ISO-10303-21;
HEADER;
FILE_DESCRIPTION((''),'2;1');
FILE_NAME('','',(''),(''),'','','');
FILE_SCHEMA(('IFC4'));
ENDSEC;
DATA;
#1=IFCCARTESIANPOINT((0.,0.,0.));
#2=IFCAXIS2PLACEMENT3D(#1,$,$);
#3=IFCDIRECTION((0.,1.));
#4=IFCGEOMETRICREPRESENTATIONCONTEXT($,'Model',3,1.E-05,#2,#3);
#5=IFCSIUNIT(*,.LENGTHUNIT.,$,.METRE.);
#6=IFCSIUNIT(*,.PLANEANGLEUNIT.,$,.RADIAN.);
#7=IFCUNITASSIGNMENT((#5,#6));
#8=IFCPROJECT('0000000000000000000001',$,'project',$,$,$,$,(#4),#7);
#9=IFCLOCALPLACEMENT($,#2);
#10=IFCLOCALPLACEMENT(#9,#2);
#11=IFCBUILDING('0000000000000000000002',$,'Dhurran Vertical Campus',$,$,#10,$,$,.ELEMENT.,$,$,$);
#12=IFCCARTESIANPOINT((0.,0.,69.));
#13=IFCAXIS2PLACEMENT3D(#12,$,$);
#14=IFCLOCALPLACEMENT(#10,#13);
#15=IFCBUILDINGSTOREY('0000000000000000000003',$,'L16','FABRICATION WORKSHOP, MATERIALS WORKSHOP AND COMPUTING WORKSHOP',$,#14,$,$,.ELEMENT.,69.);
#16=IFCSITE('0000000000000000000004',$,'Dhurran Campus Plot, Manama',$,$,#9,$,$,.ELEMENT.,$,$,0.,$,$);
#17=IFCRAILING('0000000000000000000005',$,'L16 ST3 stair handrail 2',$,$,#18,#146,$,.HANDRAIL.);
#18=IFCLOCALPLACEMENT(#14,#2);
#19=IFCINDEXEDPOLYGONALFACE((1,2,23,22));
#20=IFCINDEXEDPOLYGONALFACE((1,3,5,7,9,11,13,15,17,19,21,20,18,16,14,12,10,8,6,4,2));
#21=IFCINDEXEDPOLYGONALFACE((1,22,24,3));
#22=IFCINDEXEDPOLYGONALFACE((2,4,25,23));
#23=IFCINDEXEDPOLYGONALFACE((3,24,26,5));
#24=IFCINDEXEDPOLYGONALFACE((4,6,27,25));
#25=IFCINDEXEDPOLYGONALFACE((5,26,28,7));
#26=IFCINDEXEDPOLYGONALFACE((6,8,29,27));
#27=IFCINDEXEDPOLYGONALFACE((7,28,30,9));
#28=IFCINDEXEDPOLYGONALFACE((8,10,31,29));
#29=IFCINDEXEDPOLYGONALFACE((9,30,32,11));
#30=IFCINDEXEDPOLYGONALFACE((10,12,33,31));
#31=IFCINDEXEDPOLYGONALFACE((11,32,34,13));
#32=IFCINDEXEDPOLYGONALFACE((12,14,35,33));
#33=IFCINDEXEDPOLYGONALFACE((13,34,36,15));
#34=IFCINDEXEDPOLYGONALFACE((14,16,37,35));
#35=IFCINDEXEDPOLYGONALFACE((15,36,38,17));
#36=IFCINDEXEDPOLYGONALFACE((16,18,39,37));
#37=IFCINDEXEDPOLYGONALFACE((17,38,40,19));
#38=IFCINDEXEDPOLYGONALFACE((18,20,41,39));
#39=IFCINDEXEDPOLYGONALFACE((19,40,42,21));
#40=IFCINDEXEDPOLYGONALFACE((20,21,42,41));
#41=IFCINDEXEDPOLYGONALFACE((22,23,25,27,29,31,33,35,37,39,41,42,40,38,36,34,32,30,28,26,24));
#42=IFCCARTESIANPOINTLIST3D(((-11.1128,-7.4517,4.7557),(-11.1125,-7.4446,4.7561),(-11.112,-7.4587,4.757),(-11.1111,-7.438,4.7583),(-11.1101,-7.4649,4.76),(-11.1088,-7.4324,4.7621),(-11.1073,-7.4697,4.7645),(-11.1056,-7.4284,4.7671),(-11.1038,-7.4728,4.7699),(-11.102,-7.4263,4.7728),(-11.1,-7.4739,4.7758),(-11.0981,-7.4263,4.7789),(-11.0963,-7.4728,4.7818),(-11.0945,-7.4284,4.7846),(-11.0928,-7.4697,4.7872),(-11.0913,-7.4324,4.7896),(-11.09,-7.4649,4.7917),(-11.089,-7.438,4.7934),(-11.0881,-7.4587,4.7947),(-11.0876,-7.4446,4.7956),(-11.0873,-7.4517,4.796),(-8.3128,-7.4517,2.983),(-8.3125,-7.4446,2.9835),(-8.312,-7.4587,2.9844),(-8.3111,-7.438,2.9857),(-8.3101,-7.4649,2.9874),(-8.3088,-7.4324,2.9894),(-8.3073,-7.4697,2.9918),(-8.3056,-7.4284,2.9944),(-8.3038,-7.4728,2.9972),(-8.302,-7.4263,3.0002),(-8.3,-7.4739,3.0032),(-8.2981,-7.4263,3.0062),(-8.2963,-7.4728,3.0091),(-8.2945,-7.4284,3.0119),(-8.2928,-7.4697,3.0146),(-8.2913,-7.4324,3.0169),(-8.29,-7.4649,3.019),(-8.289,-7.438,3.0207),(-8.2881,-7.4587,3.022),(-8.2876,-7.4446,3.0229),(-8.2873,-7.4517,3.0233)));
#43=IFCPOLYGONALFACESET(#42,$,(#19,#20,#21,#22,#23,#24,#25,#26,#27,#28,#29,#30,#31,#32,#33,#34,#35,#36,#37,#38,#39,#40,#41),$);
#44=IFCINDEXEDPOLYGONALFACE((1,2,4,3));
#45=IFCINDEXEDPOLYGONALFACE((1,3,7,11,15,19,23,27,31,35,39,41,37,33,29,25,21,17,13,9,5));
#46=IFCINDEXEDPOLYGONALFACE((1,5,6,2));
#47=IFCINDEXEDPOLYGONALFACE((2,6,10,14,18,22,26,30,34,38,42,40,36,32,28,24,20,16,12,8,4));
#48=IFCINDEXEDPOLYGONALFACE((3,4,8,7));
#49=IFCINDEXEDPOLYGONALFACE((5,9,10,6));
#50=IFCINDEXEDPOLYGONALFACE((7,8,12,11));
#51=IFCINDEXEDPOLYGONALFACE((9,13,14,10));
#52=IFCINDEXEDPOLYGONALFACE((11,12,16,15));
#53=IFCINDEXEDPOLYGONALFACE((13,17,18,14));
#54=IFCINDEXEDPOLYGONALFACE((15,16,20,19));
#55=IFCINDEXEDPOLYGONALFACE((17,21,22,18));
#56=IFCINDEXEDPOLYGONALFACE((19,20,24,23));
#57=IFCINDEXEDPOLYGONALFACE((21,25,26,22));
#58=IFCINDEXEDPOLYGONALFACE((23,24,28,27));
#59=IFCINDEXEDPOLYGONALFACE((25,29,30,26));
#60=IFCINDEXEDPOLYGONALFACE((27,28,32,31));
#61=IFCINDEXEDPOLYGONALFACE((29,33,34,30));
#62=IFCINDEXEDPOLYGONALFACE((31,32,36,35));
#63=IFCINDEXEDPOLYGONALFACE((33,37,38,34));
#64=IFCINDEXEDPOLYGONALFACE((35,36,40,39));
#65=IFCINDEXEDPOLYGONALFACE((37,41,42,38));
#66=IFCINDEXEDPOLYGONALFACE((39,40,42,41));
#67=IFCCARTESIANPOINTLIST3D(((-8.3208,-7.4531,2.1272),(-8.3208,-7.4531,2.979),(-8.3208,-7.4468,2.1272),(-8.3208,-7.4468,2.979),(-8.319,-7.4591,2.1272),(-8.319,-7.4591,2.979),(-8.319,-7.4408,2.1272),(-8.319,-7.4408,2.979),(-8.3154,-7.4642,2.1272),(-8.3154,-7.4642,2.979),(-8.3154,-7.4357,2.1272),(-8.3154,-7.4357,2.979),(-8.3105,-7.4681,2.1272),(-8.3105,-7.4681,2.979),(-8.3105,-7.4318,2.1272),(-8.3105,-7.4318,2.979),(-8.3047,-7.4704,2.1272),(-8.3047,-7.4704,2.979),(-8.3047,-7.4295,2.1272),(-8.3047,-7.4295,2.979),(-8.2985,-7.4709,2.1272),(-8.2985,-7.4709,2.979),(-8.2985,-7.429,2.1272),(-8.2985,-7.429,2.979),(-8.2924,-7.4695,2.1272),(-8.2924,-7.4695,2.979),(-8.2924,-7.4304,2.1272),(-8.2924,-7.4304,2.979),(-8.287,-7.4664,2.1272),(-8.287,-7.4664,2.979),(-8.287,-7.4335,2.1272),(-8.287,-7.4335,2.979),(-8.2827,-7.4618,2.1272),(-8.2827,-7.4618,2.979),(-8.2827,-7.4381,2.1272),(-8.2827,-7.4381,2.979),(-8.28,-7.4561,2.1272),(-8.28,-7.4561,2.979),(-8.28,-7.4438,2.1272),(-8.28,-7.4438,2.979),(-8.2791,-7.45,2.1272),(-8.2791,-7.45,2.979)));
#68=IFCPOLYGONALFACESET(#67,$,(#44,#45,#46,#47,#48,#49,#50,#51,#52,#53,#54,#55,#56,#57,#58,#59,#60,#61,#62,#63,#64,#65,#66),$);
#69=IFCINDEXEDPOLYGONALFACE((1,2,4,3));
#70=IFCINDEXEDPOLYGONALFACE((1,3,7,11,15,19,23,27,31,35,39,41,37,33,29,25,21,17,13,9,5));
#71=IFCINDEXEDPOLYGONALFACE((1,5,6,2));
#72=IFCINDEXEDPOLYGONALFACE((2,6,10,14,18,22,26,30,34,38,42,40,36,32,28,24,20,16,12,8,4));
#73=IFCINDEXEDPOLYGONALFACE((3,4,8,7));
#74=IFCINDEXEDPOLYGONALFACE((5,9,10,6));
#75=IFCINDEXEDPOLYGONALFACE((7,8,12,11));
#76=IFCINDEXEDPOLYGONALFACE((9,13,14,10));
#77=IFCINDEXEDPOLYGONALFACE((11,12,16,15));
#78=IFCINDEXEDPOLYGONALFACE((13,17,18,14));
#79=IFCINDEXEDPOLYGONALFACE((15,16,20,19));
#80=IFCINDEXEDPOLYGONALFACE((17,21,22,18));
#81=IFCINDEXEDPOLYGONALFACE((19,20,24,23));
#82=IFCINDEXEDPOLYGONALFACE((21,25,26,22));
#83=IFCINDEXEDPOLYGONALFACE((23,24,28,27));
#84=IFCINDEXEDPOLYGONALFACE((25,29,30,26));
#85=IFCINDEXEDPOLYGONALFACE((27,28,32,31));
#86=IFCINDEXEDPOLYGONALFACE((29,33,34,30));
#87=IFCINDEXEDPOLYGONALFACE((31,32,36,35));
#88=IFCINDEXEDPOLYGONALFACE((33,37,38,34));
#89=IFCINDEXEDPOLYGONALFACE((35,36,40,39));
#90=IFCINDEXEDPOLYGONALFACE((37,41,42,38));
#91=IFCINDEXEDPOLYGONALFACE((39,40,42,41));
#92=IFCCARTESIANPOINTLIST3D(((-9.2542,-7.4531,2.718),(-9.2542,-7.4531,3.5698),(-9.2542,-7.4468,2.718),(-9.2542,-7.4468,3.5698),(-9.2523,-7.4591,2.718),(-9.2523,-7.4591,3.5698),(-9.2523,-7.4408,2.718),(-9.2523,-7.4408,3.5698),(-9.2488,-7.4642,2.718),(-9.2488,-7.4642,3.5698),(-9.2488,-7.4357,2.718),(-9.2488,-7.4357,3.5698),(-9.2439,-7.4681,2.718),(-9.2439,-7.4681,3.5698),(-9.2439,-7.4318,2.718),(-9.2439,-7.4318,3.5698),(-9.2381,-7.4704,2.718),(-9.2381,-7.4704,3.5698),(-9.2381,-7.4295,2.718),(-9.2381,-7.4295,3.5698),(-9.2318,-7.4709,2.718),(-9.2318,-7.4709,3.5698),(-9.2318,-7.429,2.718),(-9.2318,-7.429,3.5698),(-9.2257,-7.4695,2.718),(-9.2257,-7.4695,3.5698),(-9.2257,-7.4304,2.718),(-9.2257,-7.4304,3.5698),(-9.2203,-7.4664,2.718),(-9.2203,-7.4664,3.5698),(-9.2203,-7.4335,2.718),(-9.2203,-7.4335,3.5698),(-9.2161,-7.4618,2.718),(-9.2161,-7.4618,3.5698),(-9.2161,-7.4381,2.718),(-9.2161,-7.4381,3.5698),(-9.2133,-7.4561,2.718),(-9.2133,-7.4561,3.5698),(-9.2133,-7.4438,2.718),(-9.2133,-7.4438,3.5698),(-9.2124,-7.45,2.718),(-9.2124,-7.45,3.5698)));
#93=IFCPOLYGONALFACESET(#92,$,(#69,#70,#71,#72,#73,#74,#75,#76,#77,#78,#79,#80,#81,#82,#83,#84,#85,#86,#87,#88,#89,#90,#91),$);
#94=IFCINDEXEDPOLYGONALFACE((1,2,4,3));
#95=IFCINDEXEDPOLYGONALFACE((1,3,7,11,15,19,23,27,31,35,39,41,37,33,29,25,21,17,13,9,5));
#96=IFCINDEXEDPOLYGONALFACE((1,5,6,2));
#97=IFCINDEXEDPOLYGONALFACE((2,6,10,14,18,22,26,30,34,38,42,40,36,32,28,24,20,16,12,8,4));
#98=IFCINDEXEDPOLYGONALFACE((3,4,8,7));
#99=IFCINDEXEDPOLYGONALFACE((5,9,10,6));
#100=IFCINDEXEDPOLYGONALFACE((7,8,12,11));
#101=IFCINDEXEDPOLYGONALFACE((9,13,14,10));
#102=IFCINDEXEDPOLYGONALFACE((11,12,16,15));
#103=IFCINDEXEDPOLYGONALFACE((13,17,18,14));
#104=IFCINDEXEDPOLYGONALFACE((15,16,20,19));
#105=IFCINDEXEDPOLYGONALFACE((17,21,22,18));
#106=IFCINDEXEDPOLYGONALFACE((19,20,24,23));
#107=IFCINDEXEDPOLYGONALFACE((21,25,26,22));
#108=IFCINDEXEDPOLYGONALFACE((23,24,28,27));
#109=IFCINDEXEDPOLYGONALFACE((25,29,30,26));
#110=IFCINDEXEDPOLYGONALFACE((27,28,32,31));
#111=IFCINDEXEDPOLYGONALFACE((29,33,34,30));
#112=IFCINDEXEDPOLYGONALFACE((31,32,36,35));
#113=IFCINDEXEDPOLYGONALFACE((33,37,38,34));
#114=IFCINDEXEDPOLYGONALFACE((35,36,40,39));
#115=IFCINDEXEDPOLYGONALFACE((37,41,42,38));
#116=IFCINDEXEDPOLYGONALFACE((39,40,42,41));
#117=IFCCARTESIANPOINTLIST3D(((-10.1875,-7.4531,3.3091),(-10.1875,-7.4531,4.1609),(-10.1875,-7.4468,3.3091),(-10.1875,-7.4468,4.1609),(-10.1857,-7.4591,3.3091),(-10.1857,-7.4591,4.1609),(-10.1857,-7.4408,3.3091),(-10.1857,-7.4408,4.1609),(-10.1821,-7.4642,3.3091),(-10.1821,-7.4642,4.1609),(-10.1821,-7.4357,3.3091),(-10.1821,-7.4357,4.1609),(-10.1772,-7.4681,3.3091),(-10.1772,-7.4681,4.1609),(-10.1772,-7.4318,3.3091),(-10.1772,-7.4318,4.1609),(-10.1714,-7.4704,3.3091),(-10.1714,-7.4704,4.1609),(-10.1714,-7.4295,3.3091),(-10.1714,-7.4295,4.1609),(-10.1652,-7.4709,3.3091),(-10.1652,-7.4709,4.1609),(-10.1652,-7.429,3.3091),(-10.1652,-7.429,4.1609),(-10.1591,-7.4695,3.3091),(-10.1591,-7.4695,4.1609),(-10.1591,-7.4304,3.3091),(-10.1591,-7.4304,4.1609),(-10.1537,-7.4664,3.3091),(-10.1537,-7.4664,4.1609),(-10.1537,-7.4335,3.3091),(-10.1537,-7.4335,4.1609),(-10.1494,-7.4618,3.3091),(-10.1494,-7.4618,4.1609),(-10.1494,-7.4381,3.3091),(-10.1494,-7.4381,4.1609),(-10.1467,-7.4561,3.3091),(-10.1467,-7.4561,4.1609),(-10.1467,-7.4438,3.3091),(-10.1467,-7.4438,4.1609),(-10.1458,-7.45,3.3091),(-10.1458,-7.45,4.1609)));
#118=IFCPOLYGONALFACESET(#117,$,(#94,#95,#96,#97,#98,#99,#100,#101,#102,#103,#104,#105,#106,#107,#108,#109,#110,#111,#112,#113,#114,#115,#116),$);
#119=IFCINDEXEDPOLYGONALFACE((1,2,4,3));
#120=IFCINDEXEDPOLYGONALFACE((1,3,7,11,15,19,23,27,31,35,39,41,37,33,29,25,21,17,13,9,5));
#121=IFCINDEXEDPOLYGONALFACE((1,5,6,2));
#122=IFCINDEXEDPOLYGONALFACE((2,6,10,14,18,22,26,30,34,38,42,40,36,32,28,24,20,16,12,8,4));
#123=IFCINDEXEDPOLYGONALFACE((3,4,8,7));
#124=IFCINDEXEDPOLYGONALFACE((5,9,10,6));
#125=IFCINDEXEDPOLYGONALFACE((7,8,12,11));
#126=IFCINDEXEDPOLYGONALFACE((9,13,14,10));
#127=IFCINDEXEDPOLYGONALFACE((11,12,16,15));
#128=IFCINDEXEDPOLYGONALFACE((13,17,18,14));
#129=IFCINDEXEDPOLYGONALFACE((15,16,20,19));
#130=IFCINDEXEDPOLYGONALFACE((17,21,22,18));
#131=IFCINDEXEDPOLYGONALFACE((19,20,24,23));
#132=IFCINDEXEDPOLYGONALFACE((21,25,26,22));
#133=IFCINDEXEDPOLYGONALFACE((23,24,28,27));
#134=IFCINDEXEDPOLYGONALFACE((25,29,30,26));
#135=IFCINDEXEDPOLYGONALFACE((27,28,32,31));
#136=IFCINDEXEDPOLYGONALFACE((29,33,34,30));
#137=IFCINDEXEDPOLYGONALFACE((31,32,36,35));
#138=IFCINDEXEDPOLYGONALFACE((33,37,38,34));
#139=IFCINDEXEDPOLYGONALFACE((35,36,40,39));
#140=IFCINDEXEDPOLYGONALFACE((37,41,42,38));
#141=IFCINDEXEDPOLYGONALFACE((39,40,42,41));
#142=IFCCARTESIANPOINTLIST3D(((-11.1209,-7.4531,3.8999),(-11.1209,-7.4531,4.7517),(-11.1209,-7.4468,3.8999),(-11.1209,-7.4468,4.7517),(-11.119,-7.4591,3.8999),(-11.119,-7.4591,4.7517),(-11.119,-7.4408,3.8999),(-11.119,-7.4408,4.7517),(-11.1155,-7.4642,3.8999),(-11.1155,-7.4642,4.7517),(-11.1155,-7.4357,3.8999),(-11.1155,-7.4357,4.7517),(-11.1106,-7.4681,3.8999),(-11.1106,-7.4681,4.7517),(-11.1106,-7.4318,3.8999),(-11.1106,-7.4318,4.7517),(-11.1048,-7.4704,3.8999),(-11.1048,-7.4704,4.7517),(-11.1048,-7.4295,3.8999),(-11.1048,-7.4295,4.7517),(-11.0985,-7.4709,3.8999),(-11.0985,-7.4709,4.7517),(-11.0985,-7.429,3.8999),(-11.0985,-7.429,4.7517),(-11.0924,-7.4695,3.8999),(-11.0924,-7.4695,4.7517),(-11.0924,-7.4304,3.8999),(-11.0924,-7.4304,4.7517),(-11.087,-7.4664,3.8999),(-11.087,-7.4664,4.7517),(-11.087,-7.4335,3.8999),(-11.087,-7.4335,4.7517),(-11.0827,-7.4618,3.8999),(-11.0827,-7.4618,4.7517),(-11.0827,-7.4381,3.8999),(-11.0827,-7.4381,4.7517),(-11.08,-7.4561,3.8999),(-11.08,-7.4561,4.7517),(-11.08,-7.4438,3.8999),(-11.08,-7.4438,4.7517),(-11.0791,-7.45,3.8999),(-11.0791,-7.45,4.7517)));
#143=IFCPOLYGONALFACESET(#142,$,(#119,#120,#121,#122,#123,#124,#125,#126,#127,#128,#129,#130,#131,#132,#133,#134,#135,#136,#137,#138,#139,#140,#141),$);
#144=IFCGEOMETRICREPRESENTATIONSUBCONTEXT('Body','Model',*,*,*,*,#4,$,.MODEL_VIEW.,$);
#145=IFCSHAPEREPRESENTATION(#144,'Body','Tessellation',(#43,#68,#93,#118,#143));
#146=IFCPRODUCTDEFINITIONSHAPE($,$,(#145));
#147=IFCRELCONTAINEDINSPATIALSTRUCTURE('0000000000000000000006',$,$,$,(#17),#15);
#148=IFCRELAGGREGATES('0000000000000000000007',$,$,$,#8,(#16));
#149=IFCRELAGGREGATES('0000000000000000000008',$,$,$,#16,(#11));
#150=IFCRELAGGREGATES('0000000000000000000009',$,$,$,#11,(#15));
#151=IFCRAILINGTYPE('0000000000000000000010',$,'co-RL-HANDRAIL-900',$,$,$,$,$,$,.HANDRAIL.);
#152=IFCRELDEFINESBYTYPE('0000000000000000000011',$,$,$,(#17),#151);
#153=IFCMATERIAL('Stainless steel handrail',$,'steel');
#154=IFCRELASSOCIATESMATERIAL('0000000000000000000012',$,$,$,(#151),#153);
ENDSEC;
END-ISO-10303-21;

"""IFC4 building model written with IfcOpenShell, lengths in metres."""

from ifc_helpers import new_model, si_unit, direction, frame, origin, origin_2d, place, context, subcontext, project, spatial, circle, extrude, material, type_object, element, save


model = new_model("IFC4")

# Units and contexts
model_context = context("Model", 3, precision=1e-05, world=origin(), true_north=direction((0.0, 1.0)))
body_context = subcontext(model_context, "Body", "Model", "MODEL_VIEW")
ifc_project = project(units=[si_unit("LENGTHUNIT", "METRE"), si_unit("PLANEANGLEUNIT", "RADIAN")], contexts=[model_context])

# Site, building, storey
site_placement = place(None, origin())
site = spatial("IfcSite", under=ifc_project, at=site_placement, Name="Dhurran Campus Plot, Manama", CompositionType="ELEMENT", RefElevation=0.0)
building_placement = place(site_placement, origin())
building = spatial("IfcBuilding", under=site, at=building_placement, Name="Dhurran Vertical Campus", CompositionType="ELEMENT")
storey_placement = place(building_placement, frame((0.0, 0.0, 69.0)))
storey = spatial("IfcBuildingStorey", under=building, at=storey_placement, Name="L16", Description="FABRICATION WORKSHOP, MATERIALS WORKSHOP AND COMPUTING WORKSHOP", CompositionType="ELEMENT", Elevation=69.0)

# Railing
ifc_material_1 = material(Name="Stainless steel handrail", Category="steel")
railing_type_1 = type_object("IfcRailingType", Name="co-RL-HANDRAIL-900", PredefinedType="HANDRAIL", material=ifc_material_1)
railing_1_placement = place(storey_placement, frame((-8.3, -7.45, 2.1272)))
element("IfcRailing", 1, at=railing_1_placement, inside=storey, type_object=railing_type_1, Name="L16 ST3 stair handrail 2", PredefinedType="HANDRAIL", context=body_context, shape_type="SweptSolid", body=[
    extrude(circle(Radius=0.0239, at=origin_2d()), frame((0.0, 0.0, 0.876), z_axis=(-0.844909, 0.0, 0.53491), x_axis=(0.0, -1.0, 0.0)), (0.0, 0.0, 1.0), 3.314),
    extrude(circle(Radius=0.021, at=origin_2d()), origin(), (0.0, 0.0, 1.0), 0.8518),
    extrude(circle(Radius=0.021, at=origin_2d()), frame((-0.9333, 0.0, 0.5908)), (0.0, 0.0, 1.0), 0.8518),
    extrude(circle(Radius=0.021, at=origin_2d()), frame((-1.8667, 0.0, 1.1819)), (0.0, 0.0, 1.0), 0.8518),
    extrude(circle(Radius=0.021, at=origin_2d()), frame((-2.8, 0.0, 1.7727)), (0.0, 0.0, 1.0), 0.8518),
])

save(model, "model.ifc")
